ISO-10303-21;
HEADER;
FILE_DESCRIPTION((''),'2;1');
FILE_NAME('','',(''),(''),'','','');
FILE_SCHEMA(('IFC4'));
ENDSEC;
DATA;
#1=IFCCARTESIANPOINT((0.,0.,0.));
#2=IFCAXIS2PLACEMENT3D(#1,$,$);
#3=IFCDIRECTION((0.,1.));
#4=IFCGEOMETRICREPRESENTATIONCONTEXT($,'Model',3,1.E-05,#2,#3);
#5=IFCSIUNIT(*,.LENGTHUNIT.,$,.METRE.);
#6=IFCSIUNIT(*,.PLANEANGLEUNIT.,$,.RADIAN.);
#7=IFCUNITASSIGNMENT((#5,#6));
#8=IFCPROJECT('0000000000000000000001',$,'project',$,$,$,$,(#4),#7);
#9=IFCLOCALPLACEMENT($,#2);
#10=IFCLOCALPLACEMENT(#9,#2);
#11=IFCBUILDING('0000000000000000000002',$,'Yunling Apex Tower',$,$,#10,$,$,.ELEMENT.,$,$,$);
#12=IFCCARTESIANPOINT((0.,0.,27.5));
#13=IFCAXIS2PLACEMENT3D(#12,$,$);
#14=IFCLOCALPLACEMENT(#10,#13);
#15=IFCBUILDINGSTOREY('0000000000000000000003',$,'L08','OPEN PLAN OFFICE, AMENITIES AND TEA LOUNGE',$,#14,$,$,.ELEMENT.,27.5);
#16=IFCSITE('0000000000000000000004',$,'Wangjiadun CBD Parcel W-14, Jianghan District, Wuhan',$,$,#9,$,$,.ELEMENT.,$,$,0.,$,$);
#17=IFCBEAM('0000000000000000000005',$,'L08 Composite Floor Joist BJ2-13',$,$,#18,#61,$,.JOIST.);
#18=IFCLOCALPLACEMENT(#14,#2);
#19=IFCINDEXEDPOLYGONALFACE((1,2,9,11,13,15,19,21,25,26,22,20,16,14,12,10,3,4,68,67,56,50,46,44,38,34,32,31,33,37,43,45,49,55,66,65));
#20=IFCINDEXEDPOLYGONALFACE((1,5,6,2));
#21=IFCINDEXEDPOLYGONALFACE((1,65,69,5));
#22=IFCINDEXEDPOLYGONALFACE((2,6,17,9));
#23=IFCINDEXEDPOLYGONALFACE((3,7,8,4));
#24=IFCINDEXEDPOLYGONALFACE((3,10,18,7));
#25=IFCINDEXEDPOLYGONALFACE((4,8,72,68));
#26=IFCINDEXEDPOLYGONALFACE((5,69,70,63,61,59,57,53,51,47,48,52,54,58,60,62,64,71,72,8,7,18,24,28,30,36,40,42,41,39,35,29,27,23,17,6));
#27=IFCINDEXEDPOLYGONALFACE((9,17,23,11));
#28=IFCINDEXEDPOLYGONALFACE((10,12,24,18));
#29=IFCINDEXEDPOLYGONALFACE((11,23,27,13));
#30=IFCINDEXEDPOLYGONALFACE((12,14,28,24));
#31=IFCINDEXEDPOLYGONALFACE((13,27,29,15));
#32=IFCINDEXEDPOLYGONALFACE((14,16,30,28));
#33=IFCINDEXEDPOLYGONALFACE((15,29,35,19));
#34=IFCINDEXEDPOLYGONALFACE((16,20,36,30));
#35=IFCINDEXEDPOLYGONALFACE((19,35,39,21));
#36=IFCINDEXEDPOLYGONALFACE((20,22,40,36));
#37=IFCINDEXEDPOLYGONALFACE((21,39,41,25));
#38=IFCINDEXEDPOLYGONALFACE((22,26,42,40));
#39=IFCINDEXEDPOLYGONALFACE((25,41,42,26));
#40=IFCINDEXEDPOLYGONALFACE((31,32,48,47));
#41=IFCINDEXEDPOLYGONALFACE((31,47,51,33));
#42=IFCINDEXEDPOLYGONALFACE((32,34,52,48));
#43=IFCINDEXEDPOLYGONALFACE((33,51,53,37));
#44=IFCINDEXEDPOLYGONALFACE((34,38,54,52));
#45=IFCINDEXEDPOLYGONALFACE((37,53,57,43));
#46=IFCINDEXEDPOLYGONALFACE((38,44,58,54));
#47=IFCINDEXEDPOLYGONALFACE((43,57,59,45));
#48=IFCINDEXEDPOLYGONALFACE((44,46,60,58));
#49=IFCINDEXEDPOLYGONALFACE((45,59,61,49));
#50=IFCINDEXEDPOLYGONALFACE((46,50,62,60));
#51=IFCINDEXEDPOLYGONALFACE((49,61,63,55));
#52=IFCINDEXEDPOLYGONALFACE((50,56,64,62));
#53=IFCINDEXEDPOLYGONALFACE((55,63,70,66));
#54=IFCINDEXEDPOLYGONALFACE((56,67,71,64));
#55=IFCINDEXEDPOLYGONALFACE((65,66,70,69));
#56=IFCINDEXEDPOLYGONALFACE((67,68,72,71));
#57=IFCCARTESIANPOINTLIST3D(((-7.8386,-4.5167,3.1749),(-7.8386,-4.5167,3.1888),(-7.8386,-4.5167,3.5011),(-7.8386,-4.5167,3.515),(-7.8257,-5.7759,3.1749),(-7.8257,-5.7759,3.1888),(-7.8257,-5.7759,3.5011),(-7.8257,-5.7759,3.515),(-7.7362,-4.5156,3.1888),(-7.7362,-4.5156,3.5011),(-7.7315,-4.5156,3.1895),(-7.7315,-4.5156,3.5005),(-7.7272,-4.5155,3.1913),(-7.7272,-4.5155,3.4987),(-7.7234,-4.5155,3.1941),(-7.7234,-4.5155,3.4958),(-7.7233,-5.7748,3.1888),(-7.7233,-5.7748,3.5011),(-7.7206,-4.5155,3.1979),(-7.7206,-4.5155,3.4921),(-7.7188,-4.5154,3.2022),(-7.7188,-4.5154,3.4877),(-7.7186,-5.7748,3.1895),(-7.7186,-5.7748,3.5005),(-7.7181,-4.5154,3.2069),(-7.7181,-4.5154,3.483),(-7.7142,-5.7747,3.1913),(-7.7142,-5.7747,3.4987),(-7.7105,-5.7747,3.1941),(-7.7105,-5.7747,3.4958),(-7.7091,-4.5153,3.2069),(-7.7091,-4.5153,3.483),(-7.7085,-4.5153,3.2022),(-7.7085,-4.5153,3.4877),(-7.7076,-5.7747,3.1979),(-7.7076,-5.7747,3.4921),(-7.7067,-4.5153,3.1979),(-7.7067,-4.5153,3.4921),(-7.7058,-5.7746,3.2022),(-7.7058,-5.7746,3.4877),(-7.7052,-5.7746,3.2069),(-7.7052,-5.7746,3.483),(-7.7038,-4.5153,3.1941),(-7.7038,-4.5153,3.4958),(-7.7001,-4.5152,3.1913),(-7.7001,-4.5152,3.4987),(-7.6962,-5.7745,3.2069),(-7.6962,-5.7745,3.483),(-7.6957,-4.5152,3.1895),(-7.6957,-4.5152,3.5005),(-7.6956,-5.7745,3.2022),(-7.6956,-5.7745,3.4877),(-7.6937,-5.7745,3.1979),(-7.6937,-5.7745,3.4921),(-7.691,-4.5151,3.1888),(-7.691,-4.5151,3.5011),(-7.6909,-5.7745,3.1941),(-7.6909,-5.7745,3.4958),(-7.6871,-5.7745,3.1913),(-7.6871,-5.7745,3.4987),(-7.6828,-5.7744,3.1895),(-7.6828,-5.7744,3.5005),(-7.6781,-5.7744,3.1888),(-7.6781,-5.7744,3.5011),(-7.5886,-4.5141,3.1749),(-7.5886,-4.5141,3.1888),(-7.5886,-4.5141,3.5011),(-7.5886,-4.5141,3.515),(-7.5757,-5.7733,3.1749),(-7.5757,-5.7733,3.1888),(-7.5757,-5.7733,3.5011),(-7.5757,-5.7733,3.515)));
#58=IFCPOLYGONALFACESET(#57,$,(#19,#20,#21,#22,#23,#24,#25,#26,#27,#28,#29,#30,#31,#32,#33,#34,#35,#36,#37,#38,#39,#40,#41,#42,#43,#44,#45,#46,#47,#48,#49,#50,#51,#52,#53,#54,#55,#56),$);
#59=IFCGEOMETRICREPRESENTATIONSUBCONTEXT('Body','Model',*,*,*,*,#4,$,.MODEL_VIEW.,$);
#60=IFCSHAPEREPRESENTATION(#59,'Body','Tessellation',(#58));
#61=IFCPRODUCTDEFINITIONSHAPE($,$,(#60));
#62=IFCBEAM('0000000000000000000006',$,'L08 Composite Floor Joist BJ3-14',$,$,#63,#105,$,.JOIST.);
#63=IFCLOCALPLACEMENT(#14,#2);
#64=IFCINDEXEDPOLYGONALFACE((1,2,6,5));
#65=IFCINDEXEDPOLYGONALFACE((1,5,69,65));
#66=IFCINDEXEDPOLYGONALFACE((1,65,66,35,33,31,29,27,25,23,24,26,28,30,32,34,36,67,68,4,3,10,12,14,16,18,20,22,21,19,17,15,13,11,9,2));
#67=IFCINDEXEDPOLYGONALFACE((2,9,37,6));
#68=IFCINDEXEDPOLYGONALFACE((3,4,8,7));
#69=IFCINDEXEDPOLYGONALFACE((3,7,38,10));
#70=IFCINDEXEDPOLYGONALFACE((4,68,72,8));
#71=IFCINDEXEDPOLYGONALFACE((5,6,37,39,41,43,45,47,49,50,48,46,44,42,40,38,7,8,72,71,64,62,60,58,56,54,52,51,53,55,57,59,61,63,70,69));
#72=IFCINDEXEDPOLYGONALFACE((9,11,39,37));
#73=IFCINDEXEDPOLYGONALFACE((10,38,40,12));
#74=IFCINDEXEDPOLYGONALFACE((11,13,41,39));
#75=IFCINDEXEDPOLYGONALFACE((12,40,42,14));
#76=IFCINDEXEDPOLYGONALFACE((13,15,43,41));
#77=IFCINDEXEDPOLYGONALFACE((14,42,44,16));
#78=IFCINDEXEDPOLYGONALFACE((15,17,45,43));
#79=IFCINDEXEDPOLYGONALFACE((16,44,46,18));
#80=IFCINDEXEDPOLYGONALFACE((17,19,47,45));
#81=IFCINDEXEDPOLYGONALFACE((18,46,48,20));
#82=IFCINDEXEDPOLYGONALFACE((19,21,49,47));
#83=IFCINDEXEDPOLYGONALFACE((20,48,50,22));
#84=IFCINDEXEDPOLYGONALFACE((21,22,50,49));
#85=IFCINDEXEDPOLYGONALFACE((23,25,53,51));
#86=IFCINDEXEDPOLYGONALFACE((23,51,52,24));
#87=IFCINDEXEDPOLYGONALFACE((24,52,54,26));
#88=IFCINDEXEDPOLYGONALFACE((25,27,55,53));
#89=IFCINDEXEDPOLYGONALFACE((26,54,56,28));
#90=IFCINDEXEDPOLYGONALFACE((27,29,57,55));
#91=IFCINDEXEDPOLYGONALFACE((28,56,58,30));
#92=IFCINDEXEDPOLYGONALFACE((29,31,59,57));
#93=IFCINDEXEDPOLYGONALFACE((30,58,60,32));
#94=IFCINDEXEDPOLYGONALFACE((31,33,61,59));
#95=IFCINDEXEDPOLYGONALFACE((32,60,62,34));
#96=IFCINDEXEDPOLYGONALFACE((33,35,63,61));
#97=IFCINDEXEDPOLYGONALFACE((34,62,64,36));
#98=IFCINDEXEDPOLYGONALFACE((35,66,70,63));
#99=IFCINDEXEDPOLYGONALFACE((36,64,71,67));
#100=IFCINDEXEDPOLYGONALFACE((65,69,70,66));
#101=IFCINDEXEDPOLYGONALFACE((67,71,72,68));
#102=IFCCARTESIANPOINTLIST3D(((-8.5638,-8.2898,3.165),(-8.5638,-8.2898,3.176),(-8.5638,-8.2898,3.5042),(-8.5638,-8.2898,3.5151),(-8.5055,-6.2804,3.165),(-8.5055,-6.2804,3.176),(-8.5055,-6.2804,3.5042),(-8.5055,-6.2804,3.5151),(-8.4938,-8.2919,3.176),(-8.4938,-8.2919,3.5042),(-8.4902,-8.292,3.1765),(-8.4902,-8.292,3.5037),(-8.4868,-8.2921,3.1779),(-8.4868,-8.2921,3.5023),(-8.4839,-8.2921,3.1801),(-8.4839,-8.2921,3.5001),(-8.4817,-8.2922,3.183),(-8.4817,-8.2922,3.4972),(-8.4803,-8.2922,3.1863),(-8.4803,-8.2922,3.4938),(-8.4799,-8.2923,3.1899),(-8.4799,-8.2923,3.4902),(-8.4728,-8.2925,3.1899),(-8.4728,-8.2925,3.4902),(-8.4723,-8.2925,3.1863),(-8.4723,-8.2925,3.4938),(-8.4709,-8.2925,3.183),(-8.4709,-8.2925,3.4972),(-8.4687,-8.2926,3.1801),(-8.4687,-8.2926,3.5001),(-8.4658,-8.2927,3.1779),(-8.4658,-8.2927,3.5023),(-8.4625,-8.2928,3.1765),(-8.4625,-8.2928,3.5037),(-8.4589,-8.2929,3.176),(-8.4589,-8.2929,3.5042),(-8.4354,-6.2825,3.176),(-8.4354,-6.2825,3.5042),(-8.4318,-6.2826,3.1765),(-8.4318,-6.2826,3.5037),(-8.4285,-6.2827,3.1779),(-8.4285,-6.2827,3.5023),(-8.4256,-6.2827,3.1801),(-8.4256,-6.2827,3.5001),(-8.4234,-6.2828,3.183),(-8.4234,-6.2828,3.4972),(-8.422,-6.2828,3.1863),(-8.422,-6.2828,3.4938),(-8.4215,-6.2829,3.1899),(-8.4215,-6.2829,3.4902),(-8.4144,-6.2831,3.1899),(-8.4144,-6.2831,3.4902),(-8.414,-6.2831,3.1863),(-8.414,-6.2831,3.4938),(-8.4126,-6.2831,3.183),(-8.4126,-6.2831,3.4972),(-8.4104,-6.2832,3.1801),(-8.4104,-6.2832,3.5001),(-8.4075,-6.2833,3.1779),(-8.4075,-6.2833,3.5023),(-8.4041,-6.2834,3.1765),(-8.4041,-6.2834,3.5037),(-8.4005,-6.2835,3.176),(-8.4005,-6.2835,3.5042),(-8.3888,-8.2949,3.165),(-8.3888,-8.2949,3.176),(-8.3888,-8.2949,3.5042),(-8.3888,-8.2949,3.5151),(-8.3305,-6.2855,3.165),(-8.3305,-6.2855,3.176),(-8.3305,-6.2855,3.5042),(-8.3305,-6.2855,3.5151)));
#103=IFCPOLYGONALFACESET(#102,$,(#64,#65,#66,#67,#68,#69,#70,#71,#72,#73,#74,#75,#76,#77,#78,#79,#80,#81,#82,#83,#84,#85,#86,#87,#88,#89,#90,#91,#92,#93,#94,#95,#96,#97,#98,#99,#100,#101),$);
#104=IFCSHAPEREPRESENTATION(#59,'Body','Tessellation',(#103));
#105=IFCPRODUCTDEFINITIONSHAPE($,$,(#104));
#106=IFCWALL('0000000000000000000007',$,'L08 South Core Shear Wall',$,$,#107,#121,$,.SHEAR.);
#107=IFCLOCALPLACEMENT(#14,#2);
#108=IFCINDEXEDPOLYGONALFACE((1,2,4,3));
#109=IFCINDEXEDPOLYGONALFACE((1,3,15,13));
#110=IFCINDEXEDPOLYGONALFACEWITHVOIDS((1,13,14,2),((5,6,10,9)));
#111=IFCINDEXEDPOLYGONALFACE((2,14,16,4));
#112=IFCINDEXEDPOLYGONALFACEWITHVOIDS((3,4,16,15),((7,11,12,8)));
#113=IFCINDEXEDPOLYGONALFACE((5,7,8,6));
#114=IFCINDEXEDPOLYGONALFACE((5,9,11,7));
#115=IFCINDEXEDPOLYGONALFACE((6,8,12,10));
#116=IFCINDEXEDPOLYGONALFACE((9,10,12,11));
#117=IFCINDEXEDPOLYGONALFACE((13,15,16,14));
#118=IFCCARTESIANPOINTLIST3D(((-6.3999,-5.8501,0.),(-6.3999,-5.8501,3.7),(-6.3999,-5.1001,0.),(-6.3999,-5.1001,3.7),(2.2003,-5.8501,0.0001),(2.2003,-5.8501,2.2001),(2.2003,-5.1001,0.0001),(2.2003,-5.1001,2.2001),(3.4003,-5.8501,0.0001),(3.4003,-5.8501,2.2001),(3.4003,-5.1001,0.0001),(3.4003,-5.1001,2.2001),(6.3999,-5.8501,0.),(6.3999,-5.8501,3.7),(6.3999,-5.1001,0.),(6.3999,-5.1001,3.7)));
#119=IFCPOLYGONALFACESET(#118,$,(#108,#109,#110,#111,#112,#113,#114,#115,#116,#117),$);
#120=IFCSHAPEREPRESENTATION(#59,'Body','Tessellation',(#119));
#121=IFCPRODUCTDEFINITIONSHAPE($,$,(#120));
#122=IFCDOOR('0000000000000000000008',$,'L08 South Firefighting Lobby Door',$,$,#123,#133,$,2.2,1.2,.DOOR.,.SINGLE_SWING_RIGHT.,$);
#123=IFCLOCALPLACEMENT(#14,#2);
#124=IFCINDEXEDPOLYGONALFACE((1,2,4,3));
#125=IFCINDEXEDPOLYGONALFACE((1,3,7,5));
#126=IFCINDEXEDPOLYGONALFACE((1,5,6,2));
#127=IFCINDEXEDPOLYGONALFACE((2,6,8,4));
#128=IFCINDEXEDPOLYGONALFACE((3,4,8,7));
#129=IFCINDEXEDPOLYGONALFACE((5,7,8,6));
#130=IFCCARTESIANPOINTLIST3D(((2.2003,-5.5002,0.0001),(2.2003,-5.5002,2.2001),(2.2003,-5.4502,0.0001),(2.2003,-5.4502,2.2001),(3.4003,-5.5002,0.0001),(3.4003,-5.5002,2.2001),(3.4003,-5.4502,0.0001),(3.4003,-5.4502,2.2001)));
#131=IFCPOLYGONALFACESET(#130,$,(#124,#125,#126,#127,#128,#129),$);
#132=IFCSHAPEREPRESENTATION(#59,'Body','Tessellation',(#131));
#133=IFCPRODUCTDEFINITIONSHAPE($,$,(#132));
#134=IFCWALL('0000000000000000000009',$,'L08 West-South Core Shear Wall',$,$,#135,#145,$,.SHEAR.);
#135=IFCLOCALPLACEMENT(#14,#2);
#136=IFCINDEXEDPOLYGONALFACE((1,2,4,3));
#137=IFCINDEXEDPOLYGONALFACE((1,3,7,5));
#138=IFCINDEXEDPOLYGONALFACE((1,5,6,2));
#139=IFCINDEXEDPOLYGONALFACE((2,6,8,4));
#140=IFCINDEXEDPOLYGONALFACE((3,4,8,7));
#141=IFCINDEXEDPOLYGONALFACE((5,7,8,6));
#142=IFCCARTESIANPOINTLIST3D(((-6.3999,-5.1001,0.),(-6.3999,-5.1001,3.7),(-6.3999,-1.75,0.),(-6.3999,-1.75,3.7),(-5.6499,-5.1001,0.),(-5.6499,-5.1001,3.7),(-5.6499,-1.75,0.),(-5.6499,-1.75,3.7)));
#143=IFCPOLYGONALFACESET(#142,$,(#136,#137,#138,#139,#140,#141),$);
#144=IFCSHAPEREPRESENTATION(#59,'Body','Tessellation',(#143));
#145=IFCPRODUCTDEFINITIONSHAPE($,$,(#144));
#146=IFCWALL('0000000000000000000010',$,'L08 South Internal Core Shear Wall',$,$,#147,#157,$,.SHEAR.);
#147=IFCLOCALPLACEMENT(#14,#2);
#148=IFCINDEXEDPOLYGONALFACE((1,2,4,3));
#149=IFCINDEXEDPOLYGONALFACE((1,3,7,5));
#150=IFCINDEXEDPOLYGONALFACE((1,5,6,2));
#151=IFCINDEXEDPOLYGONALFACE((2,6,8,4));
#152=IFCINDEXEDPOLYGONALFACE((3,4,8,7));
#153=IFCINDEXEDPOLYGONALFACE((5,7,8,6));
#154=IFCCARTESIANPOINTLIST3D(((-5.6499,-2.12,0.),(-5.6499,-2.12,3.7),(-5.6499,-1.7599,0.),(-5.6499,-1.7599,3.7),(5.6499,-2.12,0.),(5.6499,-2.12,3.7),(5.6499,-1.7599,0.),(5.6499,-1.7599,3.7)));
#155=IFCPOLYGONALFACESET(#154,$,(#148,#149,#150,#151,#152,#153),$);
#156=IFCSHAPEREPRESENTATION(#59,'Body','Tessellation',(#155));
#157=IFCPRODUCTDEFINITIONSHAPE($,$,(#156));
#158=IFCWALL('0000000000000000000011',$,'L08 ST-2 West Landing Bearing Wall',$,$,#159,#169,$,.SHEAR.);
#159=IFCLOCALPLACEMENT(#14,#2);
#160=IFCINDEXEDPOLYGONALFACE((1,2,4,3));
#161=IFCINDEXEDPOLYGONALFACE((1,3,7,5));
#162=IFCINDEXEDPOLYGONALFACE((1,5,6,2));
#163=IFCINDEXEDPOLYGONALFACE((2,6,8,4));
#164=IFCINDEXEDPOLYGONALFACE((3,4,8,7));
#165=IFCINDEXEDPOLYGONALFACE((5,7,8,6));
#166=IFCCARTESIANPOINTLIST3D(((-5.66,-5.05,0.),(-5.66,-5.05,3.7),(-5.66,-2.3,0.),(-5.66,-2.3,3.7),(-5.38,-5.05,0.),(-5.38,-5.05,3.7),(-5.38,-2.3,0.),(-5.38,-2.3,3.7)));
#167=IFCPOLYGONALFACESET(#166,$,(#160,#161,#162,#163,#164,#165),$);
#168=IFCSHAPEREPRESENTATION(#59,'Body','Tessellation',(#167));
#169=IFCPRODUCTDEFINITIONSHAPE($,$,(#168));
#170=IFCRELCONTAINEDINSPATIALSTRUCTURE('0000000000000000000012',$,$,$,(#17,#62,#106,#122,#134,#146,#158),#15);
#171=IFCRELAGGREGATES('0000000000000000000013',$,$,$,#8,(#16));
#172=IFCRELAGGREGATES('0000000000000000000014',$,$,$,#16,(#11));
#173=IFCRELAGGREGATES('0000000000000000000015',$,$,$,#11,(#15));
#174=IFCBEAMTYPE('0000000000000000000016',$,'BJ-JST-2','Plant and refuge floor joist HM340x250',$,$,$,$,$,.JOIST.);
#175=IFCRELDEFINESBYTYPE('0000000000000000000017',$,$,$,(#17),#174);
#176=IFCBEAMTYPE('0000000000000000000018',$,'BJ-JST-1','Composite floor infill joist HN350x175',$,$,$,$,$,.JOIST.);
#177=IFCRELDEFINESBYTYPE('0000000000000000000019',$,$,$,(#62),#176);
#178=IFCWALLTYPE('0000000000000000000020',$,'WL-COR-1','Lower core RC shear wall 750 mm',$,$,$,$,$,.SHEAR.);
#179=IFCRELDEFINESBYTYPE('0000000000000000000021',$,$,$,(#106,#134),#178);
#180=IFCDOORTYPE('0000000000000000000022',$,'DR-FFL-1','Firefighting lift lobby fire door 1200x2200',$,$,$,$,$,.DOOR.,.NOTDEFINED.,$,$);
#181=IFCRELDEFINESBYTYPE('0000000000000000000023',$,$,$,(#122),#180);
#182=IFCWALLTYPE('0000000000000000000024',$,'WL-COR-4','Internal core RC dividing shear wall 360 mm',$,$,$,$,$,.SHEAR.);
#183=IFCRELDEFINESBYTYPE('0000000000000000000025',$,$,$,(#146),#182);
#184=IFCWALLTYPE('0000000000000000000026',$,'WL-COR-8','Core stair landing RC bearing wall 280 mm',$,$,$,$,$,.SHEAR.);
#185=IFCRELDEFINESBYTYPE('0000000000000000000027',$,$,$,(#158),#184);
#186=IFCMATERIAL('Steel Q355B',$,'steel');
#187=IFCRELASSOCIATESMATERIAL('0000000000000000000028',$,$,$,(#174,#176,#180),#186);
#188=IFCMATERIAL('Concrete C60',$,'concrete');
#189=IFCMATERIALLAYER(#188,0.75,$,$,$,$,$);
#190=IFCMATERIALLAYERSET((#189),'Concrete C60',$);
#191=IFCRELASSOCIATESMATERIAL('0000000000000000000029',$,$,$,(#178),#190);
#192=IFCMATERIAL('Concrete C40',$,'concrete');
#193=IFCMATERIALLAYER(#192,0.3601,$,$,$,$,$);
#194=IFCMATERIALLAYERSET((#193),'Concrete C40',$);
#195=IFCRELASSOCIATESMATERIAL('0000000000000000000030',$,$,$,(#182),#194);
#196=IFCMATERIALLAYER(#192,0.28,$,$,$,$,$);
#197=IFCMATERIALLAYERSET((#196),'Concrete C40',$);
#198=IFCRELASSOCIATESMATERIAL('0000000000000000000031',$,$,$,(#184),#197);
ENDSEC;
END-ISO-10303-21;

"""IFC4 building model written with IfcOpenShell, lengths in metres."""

from ifc_helpers import new_model, si_unit, direction, frame, frame_2d, origin, origin_2d, place, context, subcontext, project, spatial, rectangle, i_section, extrude, source, transform, mapped, material, layer, layer_set, material_profile, profile_set, type_object, element, fill, save


model = new_model("IFC4")

# Units and contexts
model_context = context("Model", 3, precision=1e-05, world=origin(), true_north=direction((0.0, 1.0)))
body_context = subcontext(model_context, "Body", "Model", "MODEL_VIEW")
ifc_project = project(units=[si_unit("LENGTHUNIT", "METRE"), si_unit("PLANEANGLEUNIT", "RADIAN")], contexts=[model_context])

# Site, building, storey
site_placement = place(None, origin())
site = spatial("IfcSite", under=ifc_project, at=site_placement, Name="Wangjiadun CBD Parcel W-14, Jianghan District, Wuhan", CompositionType="ELEMENT", RefElevation=0.0)
building_placement = place(site_placement, origin())
building = spatial("IfcBuilding", under=site, at=building_placement, Name="Yunling Apex Tower", CompositionType="ELEMENT")
storey_placement = place(building_placement, frame((0.0, 0.0, 27.5)))
storey = spatial("IfcBuildingStorey", under=building, at=storey_placement, Name="L08", Description="OPEN PLAN OFFICE, AMENITIES AND TEA LOUNGE", CompositionType="ELEMENT", Elevation=27.5)

# Shared definitions
ifc_material_1 = material(Name="Concrete C60", Category="concrete")

# Beams
ifc_material_2 = material(Name="Steel Q355B", Category="steel")
ifc_material_profile_1 = material_profile(ifc_material_2, i_section(OverallWidth=0.25, OverallDepth=0.3401, WebThickness=0.009, FlangeThickness=0.0139, FilletRadius=0.0181, at=origin_2d()))
ifc_profile_set_1 = profile_set([ifc_material_profile_1], Name="Steel Q355B")
beam_type_1 = type_object("IfcBeamType", Name="BJ-JST-2", Description="Plant and refuge floor joist HM340x250", PredefinedType="JOIST", material=ifc_profile_set_1)
ifc_material_profile_2 = material_profile(ifc_material_2, i_section(OverallWidth=0.175, OverallDepth=0.3501, WebThickness=0.0071, FlangeThickness=0.011, FilletRadius=0.0139, at=origin_2d()))
ifc_profile_set_2 = profile_set([ifc_material_profile_2], Name="Steel Q355B")
beam_type_2 = type_object("IfcBeamType", Name="BJ-JST-1", Description="Composite floor infill joist HN350x175", PredefinedType="JOIST", material=ifc_profile_set_2)
shared_shape_1 = source(origin(), body_context, "Body", "SweptSolid", [
    extrude(i_section(OverallWidth=0.25, OverallDepth=0.3401, WebThickness=0.009, FlangeThickness=0.0139, FilletRadius=0.0181, at=origin_2d()), origin(), (0.0, 0.0, 1.0), 1.2593),
])
beam_1_placement = place(storey_placement, frame((-7.7136, -4.5154, 3.345), z_axis=(0.010275, -0.999947, 0.0), x_axis=(0.999947, 0.010275, 0.0)))
element("IfcBeam", 1, at=beam_1_placement, inside=storey, type_object=beam_type_1, Name="L08 Composite Floor Joist BJ2-13", PredefinedType="JOIST", context=body_context, shape_type="MappedRepresentation", body=[
    mapped(shared_shape_1, transform((0.0, 0.0, 0.0), scale=1.0)),
])
shared_shape_2 = source(origin(), body_context, "Body", "SweptSolid", [
    extrude(i_section(OverallWidth=0.175, OverallDepth=0.3501, WebThickness=0.0071, FlangeThickness=0.011, FilletRadius=0.0139, at=origin_2d()), origin(), (0.0, 0.0, 1.0), 2.0103),
])
beam_2_placement = place(storey_placement, frame((-8.418, -6.283, 3.3401), z_axis=(-0.029024, -0.999579, 0.0), x_axis=(0.999579, -0.029024, 0.0)))
element("IfcBeam", 2, at=beam_2_placement, inside=storey, type_object=beam_type_2, Name="L08 Composite Floor Joist BJ3-14", PredefinedType="JOIST", context=body_context, shape_type="MappedRepresentation", body=[
    mapped(shared_shape_2, transform((0.0, 0.0, 0.0), scale=1.0)),
])

# Wall, opening, door
ifc_layer_1 = layer(ifc_material_1, 0.75)
ifc_layer_set_1 = layer_set([ifc_layer_1], Name="Concrete C60")
wall_type_1 = type_object("IfcWallType", Name="WL-COR-1", Description="Lower core RC shear wall 750 mm", PredefinedType="SHEAR", material=ifc_layer_set_1)
wall_1_placement = place(storey_placement, frame((-6.3999, -5.4751, 0.0), z_axis=(0.0, 0.0, 1.0), x_axis=(1.0, 0.0, 0.0)))
wall_1 = element("IfcWall", 3, at=wall_1_placement, inside=storey, type_object=wall_type_1, Name="L08 South Core Shear Wall", PredefinedType="SHEAR", context=body_context, shape_type="SweptSolid", body=[
    extrude(rectangle(XDim=12.7998, YDim=0.75, at=frame_2d((6.3999, 0.0))), origin(), (0.0, 0.0, 1.0), 3.7),
])
opening_1_placement = place(wall_1_placement, frame((8.6001, 0.0, 0.0)))
opening_1 = element("IfcOpeningElement", 4, at=opening_1_placement, cuts=wall_1, PredefinedType="OPENING", context=body_context, shape_type="SweptSolid", body=[
    extrude(rectangle(XDim=1.2, YDim=2.2, at=frame_2d((0.6001, 1.1001))), frame((0.0, 0.385, 0.0), z_axis=(0.0, -1.0, 0.0), x_axis=(1.0, 0.0, 0.0)), (0.0, 0.0, 1.0), 0.77),
])
door_type_1 = type_object("IfcDoorType", Name="DR-FFL-1", Description="Firefighting lift lobby fire door 1200x2200", OperationType="NOTDEFINED", PredefinedType="DOOR", material=ifc_material_2)
door_1_placement = place(opening_1_placement, origin())
door_1 = element("IfcDoor", 5, at=door_1_placement, inside=storey, type_object=door_type_1, Name="L08 South Firefighting Lobby Door", OperationType="SINGLE_SWING_RIGHT", OverallHeight=2.2, OverallWidth=1.2, PredefinedType="DOOR", context=body_context, shape_type="SweptSolid", body=[
    extrude(rectangle(XDim=1.2, YDim=2.2, at=frame_2d((0.6001, 1.1001))), frame((0.0, 0.0249, 0.0), z_axis=(0.0, -1.0, 0.0), x_axis=(1.0, 0.0, 0.0)), (0.0, 0.0, 1.0), 0.05),
])
fill(opening_1, door_1)

# Walls
wall_2_placement = place(storey_placement, frame((-6.0249, -5.1001, 0.0), z_axis=(0.0, 0.0, 1.0), x_axis=(0.0, 1.0, 0.0)))
element("IfcWall", 6, at=wall_2_placement, inside=storey, type_object=wall_type_1, Name="L08 West-South Core Shear Wall", PredefinedType="SHEAR", context=body_context, shape_type="SweptSolid", body=[
    extrude(rectangle(XDim=3.3501, YDim=0.75, at=frame_2d((1.675, 0.0))), origin(), (0.0, 0.0, 1.0), 3.7),
])
ifc_material_3 = material(Name="Concrete C40", Category="concrete")
ifc_layer_2 = layer(ifc_material_3, 0.3601)
ifc_layer_set_2 = layer_set([ifc_layer_2], Name="Concrete C40")
wall_type_2 = type_object("IfcWallType", Name="WL-COR-4", Description="Internal core RC dividing shear wall 360 mm", PredefinedType="SHEAR", material=ifc_layer_set_2)
wall_3_placement = place(storey_placement, frame((-5.6499, -1.9399, 0.0), z_axis=(0.0, 0.0, 1.0), x_axis=(1.0, 0.0, 0.0)))
element("IfcWall", 7, at=wall_3_placement, inside=storey, type_object=wall_type_2, Name="L08 South Internal Core Shear Wall", PredefinedType="SHEAR", context=body_context, shape_type="SweptSolid", body=[
    extrude(rectangle(XDim=11.2998, YDim=0.3601, at=frame_2d((5.6499, 0.0))), origin(), (0.0, 0.0, 1.0), 3.7),
])
ifc_layer_3 = layer(ifc_material_3, 0.28)
ifc_layer_set_3 = layer_set([ifc_layer_3], Name="Concrete C40")
wall_type_3 = type_object("IfcWallType", Name="WL-COR-8", Description="Core stair landing RC bearing wall 280 mm", PredefinedType="SHEAR", material=ifc_layer_set_3)
wall_4_placement = place(storey_placement, frame((-5.52, -5.05, 0.0), z_axis=(0.0, 0.0, 1.0), x_axis=(0.0, 1.0, 0.0)))
element("IfcWall", 8, at=wall_4_placement, inside=storey, type_object=wall_type_3, Name="L08 ST-2 West Landing Bearing Wall", PredefinedType="SHEAR", context=body_context, shape_type="SweptSolid", body=[
    extrude(rectangle(XDim=2.75, YDim=0.28, at=frame_2d((1.375, 0.0))), origin(), (0.0, 0.0, 1.0), 3.7),
])

save(model, "model.ifc")
